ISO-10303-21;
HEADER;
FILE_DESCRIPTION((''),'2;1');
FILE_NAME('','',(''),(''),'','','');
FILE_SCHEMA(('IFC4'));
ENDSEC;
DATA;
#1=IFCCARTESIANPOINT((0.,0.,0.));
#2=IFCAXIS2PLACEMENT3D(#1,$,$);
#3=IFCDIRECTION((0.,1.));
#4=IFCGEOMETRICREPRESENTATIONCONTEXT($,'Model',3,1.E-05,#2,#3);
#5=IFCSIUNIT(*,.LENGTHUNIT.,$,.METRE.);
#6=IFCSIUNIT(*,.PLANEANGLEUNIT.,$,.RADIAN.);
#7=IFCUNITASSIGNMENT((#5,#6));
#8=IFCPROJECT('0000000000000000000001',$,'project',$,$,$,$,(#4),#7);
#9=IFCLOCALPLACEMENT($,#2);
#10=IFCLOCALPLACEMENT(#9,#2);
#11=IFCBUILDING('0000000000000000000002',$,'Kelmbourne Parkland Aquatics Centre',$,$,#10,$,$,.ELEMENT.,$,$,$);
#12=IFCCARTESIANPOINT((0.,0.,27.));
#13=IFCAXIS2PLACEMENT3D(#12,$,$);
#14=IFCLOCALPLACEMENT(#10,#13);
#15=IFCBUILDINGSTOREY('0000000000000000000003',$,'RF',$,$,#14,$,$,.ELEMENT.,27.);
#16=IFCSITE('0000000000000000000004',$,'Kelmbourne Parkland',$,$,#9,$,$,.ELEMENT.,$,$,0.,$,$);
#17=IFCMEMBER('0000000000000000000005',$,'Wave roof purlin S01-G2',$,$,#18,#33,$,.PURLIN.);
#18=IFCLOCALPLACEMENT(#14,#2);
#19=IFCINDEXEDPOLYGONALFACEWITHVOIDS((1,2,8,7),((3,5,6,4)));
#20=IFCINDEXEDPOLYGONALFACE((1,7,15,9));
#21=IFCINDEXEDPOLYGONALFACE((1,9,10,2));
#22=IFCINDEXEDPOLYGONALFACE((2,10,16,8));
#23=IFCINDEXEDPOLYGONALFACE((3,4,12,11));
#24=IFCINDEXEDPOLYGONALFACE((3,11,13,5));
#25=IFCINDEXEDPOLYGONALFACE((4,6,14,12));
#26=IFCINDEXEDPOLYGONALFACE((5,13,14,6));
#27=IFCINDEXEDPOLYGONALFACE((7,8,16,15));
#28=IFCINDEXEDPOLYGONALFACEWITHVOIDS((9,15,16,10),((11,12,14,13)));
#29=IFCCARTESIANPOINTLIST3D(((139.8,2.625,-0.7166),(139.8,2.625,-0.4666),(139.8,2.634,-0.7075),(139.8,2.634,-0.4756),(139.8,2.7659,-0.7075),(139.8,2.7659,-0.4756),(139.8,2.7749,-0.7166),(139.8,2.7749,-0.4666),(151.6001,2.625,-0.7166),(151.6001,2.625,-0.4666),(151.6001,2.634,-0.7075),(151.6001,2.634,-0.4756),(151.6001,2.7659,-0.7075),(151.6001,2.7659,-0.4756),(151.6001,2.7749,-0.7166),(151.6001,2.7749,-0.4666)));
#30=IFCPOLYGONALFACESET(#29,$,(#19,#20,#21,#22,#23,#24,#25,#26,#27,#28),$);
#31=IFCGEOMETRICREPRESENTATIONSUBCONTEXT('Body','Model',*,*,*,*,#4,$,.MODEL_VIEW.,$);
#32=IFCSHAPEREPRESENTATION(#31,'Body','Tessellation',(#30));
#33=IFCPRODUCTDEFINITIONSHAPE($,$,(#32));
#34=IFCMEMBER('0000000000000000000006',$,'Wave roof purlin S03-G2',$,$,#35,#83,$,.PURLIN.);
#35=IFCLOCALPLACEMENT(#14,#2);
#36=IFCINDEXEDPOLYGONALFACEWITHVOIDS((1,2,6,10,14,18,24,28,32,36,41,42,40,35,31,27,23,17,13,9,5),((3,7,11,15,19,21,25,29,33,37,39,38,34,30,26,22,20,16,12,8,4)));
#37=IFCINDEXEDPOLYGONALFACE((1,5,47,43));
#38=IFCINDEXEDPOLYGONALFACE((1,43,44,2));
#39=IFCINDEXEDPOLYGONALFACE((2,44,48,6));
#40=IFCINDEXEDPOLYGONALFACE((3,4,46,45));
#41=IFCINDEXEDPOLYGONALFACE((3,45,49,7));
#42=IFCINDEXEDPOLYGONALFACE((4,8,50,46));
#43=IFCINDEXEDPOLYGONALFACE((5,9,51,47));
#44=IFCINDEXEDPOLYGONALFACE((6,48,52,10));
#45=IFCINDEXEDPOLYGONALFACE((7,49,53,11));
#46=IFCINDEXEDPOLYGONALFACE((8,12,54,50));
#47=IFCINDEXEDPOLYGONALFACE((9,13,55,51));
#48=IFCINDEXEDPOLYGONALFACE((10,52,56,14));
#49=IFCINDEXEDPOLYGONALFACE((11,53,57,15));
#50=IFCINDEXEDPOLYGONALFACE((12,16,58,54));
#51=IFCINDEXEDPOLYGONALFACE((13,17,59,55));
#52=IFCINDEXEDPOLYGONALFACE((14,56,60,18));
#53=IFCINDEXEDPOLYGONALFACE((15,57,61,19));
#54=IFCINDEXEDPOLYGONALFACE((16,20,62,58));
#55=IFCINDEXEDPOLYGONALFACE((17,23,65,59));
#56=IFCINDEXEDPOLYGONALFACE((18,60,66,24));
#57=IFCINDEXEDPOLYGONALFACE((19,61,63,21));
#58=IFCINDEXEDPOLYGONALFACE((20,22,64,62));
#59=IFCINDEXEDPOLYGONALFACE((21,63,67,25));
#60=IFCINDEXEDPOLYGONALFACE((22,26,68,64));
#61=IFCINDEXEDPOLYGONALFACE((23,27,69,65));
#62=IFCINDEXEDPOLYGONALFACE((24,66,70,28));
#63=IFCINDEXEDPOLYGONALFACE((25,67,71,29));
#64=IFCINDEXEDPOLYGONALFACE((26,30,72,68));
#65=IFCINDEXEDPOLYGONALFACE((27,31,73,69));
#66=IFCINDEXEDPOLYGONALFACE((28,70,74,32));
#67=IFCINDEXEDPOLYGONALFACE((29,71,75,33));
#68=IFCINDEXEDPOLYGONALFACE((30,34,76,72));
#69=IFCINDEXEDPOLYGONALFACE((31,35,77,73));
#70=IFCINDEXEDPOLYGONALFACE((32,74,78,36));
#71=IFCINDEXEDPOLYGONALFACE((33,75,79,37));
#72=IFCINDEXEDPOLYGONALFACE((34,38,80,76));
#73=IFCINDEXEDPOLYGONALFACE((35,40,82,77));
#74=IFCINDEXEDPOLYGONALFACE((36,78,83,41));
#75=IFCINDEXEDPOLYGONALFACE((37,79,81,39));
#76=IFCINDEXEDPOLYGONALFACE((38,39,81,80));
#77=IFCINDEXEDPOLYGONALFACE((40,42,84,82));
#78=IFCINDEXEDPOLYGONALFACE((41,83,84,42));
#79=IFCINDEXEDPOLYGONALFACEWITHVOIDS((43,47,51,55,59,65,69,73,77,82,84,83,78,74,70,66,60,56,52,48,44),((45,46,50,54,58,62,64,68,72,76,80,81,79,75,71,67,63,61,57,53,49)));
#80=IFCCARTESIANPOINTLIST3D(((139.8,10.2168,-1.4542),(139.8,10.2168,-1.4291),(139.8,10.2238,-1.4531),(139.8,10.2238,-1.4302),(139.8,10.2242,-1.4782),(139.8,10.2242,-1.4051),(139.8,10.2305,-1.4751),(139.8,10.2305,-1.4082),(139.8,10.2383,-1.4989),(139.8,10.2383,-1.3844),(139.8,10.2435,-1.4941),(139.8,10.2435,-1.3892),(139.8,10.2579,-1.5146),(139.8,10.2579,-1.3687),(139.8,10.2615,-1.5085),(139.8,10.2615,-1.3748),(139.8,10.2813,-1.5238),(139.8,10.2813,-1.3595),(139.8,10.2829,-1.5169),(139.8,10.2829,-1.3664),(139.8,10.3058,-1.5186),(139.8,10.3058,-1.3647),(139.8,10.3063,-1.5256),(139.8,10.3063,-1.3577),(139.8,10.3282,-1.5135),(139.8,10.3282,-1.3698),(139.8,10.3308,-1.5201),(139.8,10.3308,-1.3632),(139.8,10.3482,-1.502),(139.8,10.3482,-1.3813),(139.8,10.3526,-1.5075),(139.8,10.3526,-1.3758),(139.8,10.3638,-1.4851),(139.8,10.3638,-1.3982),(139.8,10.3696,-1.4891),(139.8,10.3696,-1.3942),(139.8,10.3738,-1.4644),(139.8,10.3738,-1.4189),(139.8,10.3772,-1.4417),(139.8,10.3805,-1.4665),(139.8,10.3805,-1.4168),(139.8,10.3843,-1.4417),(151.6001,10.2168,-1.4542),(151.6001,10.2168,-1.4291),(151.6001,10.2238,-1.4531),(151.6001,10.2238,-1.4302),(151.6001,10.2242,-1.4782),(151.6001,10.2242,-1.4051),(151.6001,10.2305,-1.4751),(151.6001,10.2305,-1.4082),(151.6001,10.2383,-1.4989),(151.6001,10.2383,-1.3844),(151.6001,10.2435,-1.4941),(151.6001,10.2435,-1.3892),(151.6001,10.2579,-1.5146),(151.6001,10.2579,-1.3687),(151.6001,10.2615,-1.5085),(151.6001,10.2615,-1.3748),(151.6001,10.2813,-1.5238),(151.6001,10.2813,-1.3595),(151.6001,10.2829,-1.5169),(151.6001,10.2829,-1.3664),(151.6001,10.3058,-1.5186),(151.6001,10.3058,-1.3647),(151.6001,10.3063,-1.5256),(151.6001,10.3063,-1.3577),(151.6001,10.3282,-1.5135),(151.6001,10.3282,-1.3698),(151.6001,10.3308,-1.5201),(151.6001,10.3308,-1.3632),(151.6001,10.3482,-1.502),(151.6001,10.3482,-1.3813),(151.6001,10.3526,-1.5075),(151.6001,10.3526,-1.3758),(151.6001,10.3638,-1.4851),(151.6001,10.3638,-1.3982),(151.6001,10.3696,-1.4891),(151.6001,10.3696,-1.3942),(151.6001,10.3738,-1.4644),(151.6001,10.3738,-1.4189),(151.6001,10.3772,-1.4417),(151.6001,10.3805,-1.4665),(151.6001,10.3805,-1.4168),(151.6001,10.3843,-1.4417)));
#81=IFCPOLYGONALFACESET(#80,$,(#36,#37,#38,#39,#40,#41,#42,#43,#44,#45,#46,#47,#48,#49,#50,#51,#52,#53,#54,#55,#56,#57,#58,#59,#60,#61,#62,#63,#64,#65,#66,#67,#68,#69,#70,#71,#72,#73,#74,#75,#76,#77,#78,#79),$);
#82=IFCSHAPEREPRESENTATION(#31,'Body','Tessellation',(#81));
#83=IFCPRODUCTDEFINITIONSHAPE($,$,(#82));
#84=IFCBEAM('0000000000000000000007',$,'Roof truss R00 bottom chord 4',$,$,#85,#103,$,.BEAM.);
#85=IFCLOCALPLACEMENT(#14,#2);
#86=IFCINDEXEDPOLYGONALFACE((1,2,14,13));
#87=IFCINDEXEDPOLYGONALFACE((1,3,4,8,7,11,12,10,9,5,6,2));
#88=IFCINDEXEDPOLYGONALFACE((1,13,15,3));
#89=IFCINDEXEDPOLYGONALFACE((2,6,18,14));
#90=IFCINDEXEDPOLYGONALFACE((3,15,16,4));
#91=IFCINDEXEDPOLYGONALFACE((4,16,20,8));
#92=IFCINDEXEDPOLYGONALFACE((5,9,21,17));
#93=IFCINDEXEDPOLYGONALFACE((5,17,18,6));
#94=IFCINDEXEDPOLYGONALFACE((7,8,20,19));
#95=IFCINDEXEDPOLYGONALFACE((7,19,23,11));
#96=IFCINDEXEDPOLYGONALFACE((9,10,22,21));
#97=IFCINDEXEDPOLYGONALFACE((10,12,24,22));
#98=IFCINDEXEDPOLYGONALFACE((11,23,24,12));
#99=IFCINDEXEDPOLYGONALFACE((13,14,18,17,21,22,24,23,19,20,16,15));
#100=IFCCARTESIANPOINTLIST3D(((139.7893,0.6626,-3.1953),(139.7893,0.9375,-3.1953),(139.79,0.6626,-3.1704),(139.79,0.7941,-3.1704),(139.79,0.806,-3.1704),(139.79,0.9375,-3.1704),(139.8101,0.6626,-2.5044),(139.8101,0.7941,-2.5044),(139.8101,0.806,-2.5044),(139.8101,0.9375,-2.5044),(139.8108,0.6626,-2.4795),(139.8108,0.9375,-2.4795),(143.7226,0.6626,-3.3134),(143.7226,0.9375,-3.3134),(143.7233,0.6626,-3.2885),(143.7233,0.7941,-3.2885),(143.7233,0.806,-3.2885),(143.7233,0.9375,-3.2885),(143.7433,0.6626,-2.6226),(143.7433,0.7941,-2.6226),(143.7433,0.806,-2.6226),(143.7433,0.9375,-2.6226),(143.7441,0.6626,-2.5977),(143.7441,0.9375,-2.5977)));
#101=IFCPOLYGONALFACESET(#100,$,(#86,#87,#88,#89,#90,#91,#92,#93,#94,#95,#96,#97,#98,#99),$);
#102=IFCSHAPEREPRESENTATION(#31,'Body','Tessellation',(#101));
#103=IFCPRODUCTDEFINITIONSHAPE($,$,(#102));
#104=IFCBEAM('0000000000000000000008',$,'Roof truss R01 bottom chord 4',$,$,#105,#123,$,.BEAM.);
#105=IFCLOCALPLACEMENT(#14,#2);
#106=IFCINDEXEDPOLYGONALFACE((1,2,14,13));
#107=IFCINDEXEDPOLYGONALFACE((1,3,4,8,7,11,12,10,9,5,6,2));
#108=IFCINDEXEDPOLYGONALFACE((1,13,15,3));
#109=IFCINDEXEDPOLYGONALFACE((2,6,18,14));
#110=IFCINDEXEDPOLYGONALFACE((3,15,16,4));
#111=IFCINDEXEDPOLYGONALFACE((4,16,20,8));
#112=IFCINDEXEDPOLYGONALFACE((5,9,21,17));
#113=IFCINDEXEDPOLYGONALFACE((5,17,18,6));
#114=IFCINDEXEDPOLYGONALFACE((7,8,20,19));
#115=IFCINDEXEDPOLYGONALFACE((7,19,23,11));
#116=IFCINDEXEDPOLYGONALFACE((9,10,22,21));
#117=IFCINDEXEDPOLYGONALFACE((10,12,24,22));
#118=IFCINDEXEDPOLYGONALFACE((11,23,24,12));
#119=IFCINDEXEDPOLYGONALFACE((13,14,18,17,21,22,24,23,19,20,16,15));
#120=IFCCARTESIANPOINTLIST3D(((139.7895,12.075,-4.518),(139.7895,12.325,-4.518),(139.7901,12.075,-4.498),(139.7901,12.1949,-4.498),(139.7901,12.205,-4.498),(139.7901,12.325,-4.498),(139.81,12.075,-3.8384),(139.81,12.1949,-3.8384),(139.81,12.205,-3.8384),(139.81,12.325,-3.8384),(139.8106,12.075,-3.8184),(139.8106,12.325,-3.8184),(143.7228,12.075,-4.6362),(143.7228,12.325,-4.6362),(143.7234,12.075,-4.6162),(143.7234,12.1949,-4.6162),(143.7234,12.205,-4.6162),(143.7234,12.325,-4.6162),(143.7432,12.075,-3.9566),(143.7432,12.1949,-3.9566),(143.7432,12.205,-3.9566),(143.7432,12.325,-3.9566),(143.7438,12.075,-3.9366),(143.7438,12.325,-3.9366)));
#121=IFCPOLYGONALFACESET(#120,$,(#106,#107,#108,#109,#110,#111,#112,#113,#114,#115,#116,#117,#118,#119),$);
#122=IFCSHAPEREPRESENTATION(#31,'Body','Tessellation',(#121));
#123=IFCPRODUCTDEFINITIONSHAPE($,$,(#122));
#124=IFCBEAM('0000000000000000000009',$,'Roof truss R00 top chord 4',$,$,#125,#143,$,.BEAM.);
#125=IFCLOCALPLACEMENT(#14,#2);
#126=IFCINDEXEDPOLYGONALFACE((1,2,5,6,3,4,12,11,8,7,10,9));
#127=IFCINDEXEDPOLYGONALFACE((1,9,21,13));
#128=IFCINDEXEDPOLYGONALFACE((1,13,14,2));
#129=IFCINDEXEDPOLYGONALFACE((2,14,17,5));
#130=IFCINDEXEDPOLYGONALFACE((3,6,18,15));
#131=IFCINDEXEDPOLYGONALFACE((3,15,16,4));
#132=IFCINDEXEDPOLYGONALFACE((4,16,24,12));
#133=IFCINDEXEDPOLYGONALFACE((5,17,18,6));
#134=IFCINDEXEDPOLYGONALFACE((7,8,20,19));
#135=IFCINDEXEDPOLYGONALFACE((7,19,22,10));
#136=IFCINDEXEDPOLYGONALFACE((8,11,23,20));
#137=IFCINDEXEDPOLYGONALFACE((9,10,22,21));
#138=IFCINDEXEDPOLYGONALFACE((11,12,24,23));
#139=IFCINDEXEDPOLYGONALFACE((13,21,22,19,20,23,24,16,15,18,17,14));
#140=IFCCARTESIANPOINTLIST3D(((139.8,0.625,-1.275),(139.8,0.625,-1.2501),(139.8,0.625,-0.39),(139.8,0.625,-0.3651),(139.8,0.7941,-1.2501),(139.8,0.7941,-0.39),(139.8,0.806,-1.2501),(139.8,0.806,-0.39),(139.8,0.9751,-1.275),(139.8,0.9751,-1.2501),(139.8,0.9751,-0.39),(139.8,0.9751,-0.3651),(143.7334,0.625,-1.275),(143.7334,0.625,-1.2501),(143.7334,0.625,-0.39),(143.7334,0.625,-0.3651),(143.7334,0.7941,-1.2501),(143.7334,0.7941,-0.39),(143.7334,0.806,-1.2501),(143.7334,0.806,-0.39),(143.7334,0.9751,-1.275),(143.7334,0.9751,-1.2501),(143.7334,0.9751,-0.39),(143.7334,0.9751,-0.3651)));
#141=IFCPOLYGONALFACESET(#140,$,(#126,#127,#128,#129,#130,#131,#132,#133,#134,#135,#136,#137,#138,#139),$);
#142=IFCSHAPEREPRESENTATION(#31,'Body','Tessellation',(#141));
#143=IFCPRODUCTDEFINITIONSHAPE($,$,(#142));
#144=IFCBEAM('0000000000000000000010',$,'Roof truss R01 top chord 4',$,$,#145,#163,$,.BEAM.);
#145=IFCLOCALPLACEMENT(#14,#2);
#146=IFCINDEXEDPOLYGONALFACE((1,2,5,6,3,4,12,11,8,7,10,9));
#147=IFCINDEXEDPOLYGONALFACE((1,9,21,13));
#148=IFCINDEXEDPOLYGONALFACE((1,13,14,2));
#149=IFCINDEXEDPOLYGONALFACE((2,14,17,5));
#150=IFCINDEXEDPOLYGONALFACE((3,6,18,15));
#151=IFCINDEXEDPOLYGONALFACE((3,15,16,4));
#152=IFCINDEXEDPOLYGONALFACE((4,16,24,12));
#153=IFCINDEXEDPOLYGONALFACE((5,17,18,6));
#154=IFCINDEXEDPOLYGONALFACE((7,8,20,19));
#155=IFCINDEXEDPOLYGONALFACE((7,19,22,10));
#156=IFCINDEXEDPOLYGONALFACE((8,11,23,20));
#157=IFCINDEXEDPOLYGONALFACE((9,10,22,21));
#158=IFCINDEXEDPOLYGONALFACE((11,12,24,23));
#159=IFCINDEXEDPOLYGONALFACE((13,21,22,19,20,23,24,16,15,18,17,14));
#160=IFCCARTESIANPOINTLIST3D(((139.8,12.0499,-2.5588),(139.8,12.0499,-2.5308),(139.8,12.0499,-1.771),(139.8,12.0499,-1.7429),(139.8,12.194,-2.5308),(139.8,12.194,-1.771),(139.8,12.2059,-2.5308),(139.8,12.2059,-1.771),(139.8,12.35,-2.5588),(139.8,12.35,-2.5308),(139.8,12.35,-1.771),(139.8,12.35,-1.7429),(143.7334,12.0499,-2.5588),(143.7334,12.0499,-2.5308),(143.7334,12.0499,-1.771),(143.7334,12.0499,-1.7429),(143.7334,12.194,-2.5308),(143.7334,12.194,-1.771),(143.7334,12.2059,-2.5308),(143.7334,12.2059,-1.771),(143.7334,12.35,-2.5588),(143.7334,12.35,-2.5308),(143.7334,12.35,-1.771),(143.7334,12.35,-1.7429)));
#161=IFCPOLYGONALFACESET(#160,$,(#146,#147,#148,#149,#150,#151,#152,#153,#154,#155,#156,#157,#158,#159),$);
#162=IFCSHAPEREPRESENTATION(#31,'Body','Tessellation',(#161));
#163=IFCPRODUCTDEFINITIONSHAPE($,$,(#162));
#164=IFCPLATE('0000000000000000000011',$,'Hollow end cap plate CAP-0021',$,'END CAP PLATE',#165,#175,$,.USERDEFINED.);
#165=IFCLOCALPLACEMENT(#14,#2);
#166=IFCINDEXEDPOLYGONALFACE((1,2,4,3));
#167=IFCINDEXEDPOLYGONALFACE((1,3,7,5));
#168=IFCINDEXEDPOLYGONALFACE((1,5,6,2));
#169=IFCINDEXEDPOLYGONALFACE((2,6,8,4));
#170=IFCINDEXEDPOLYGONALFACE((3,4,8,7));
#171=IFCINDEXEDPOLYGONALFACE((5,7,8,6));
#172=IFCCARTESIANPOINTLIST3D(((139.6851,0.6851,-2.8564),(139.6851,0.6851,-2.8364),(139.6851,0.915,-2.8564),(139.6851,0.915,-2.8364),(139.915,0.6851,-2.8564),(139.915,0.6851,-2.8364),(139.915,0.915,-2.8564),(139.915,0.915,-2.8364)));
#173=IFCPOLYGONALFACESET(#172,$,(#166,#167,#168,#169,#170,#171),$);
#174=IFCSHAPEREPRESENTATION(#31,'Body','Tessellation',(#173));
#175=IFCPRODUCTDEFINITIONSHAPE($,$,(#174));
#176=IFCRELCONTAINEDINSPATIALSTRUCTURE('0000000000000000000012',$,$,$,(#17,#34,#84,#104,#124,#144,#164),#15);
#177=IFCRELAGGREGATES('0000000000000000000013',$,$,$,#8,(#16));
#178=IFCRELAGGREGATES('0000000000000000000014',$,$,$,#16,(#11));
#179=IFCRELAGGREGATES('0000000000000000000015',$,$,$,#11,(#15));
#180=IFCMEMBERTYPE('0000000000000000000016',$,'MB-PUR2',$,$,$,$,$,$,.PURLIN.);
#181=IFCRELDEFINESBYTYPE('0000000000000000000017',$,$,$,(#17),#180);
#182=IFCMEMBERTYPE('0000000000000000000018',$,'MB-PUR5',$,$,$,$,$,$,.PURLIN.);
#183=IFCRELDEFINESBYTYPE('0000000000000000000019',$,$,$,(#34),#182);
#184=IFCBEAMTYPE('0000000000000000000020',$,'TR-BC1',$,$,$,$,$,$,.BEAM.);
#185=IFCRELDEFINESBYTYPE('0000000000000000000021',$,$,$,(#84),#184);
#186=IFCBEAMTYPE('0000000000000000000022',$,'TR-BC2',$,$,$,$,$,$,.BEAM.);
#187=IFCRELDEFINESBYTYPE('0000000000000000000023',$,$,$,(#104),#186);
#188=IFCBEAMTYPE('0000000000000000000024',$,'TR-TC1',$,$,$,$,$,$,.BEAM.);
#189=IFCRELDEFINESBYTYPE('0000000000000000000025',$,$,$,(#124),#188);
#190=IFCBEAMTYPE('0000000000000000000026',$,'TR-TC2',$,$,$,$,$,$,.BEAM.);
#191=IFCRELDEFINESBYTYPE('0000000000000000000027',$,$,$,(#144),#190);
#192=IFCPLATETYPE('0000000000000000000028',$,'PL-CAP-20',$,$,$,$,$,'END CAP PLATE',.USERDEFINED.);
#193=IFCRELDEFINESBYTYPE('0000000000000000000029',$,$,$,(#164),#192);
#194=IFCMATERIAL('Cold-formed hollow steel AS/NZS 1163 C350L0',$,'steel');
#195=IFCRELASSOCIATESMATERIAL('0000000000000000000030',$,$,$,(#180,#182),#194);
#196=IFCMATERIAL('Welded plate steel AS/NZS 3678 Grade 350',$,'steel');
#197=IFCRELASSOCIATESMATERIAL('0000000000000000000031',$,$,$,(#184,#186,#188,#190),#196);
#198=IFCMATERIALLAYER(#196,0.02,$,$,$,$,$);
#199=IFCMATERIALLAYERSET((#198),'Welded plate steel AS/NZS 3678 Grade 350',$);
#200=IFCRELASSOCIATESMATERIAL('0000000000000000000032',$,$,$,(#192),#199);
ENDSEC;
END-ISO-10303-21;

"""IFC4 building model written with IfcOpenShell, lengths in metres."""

from ifc_helpers import new_model, si_unit, direction, frame, origin, origin_2d, place, context, subcontext, project, spatial, rectangle, hollow_rectangle, hollow_circle, i_section, extrude, material, layer, layer_set, material_profile, profile_set, type_object, element, save


model = new_model("IFC4")

# Units and contexts
model_context = context("Model", 3, precision=1e-05, world=origin(), true_north=direction((0.0, 1.0)))
body_context = subcontext(model_context, "Body", "Model", "MODEL_VIEW")
ifc_project = project(units=[si_unit("LENGTHUNIT", "METRE"), si_unit("PLANEANGLEUNIT", "RADIAN")], contexts=[model_context])

# Site, building, storey
site_placement = place(None, origin())
site = spatial("IfcSite", under=ifc_project, at=site_placement, Name="Kelmbourne Parkland", CompositionType="ELEMENT", RefElevation=0.0)
building_placement = place(site_placement, origin())
building = spatial("IfcBuilding", under=site, at=building_placement, Name="Kelmbourne Parkland Aquatics Centre", CompositionType="ELEMENT")
storey_placement = place(building_placement, frame((0.0, 0.0, 27.0)))
storey = spatial("IfcBuildingStorey", under=building, at=storey_placement, Name="RF", CompositionType="ELEMENT", Elevation=27.0)

# Members
ifc_material_1 = material(Name="Cold-formed hollow steel AS/NZS 1163 C350L0", Category="steel")
ifc_material_profile_1 = material_profile(ifc_material_1, hollow_rectangle(XDim=0.1499, YDim=0.25, WallThickness=0.009, at=origin_2d()), Name="RHS 250x150x9.0")
ifc_profile_set_1 = profile_set([ifc_material_profile_1], Name="Cold-formed hollow steel AS/NZS 1163 C350L0")
member_type_1 = type_object("IfcMemberType", Name="MB-PUR2", PredefinedType="PURLIN", material=ifc_profile_set_1)
member_1_placement = place(storey_placement, frame((139.8, 2.7, -0.5916), z_axis=(1.0, 0.0, 0.0), x_axis=(0.0, 1.0, 0.0)))
element("IfcMember", 1, at=member_1_placement, inside=storey, type_object=member_type_1, Name="Wave roof purlin S01-G2", PredefinedType="PURLIN", context=body_context, shape_type="SweptSolid", body=[
    extrude(hollow_rectangle(XDim=0.1499, YDim=0.25, WallThickness=0.009, at=origin_2d()), origin(), (0.0, 0.0, 1.0), 11.8),
])
ifc_material_profile_2 = material_profile(ifc_material_1, hollow_circle(Radius=0.0842, WallThickness=0.0071, at=origin_2d()), Name="CHS 168.3x7.1")
ifc_profile_set_2 = profile_set([ifc_material_profile_2], Name="Cold-formed hollow steel AS/NZS 1163 C350L0")
member_type_2 = type_object("IfcMemberType", Name="MB-PUR5", PredefinedType="PURLIN", material=ifc_profile_set_2)
member_2_placement = place(storey_placement, frame((139.8, 10.3, -1.4417), z_axis=(1.0, 0.0, 0.0), x_axis=(0.0, 1.0, 0.0)))
element("IfcMember", 2, at=member_2_placement, inside=storey, type_object=member_type_2, Name="Wave roof purlin S03-G2", PredefinedType="PURLIN", context=body_context, shape_type="SweptSolid", body=[
    extrude(hollow_circle(Radius=0.0842, WallThickness=0.0071, at=origin_2d()), origin(), (0.0, 0.0, 1.0), 11.8),
])

# Beams
ifc_material_2 = material(Name="Welded plate steel AS/NZS 3678 Grade 350", Category="steel")
ifc_material_profile_3 = material_profile(ifc_material_2, i_section(OverallWidth=0.2749, OverallDepth=0.7161, WebThickness=0.012, FlangeThickness=0.0249, at=origin_2d()), Name="700WB173")
ifc_profile_set_3 = profile_set([ifc_material_profile_3], Name="Welded plate steel AS/NZS 3678 Grade 350")
beam_type_1 = type_object("IfcBeamType", Name="TR-BC1", PredefinedType="BEAM", material=ifc_profile_set_3)
beam_1_placement = place(storey_placement, frame((139.8, 0.8, -2.8374), z_axis=(0.999549, 0.0, -0.030028), x_axis=(0.0, 1.0, 0.0)))
element("IfcBeam", 3, at=beam_1_placement, inside=storey, type_object=beam_type_1, Name="Roof truss R00 bottom chord 4", PredefinedType="BEAM", context=body_context, shape_type="SweptSolid", body=[
    extrude(i_section(OverallWidth=0.2749, OverallDepth=0.7161, WebThickness=0.012, FlangeThickness=0.0249, at=origin_2d()), origin(), (0.0, 0.0, 1.0), 3.9351),
])
ifc_material_profile_4 = material_profile(ifc_material_2, i_section(OverallWidth=0.25, OverallDepth=0.7, WebThickness=0.01, FlangeThickness=0.02, at=origin_2d()), Name="700WB130")
ifc_profile_set_4 = profile_set([ifc_material_profile_4], Name="Welded plate steel AS/NZS 3678 Grade 350")
beam_type_2 = type_object("IfcBeamType", Name="TR-BC2", PredefinedType="BEAM", material=ifc_profile_set_4)
beam_2_placement = place(storey_placement, frame((139.8, 12.2, -4.1682), z_axis=(0.999549, 0.0, -0.030028), x_axis=(0.0, 1.0, 0.0)))
element("IfcBeam", 4, at=beam_2_placement, inside=storey, type_object=beam_type_2, Name="Roof truss R01 bottom chord 4", PredefinedType="BEAM", context=body_context, shape_type="SweptSolid", body=[
    extrude(i_section(OverallWidth=0.25, OverallDepth=0.7, WebThickness=0.01, FlangeThickness=0.02, at=origin_2d()), origin(), (0.0, 0.0, 1.0), 3.9351),
])
ifc_material_profile_5 = material_profile(ifc_material_2, i_section(OverallWidth=0.3501, OverallDepth=0.9099, WebThickness=0.012, FlangeThickness=0.0249, at=origin_2d()), Name="900WB218")
ifc_profile_set_5 = profile_set([ifc_material_profile_5], Name="Welded plate steel AS/NZS 3678 Grade 350")
beam_type_3 = type_object("IfcBeamType", Name="TR-TC1", PredefinedType="BEAM", material=ifc_profile_set_5)
beam_3_placement = place(storey_placement, frame((139.8, 0.8, -0.8201), z_axis=(1.0, 0.0, 0.0), x_axis=(0.0, 1.0, 0.0)))
element("IfcBeam", 5, at=beam_3_placement, inside=storey, type_object=beam_type_3, Name="Roof truss R00 top chord 4", PredefinedType="BEAM", context=body_context, shape_type="SweptSolid", body=[
    extrude(i_section(OverallWidth=0.3501, OverallDepth=0.9099, WebThickness=0.012, FlangeThickness=0.0249, at=origin_2d()), origin(), (0.0, 0.0, 1.0), 3.9333),
])
ifc_material_profile_6 = material_profile(ifc_material_2, i_section(OverallWidth=0.3, OverallDepth=0.8159, WebThickness=0.012, FlangeThickness=0.0281, at=origin_2d()), Name="800WB192")
ifc_profile_set_6 = profile_set([ifc_material_profile_6], Name="Welded plate steel AS/NZS 3678 Grade 350")
beam_type_4 = type_object("IfcBeamType", Name="TR-TC2", PredefinedType="BEAM", material=ifc_profile_set_6)
beam_4_placement = place(storey_placement, frame((139.8, 12.2, -2.1509), z_axis=(1.0, 0.0, 0.0), x_axis=(0.0, 1.0, 0.0)))
element("IfcBeam", 6, at=beam_4_placement, inside=storey, type_object=beam_type_4, Name="Roof truss R01 top chord 4", PredefinedType="BEAM", context=body_context, shape_type="SweptSolid", body=[
    extrude(i_section(OverallWidth=0.3, OverallDepth=0.8159, WebThickness=0.012, FlangeThickness=0.0281, at=origin_2d()), origin(), (0.0, 0.0, 1.0), 3.9333),
])

# Plate
ifc_layer_1 = layer(ifc_material_2, 0.02)
ifc_layer_set_1 = layer_set([ifc_layer_1], Name="Welded plate steel AS/NZS 3678 Grade 350")
plate_type_1 = type_object("IfcPlateType", Name="PL-CAP-20", ElementType="END CAP PLATE", PredefinedType="USERDEFINED", material=ifc_layer_set_1)
for number, where, z_axis, x_axis, name in (
    (7, (139.8, 0.8, -2.8564), (0.0, 0.0, 1.0), (1.0, 0.0, 0.0), "Hollow end cap plate CAP-0021"),
):
    element("IfcPlate", number, at=place(storey_placement, frame(where, z_axis=z_axis, x_axis=x_axis)), inside=storey, type_object=plate_type_1, Name=name, ObjectType="END CAP PLATE", PredefinedType="USERDEFINED", context=body_context, shape_type="SweptSolid", body=[
        extrude(rectangle(XDim=0.23, YDim=0.23, at=origin_2d()), origin(), (0.0, 0.0, 1.0), 0.02),
    ])

save(model, "model.ifc")
